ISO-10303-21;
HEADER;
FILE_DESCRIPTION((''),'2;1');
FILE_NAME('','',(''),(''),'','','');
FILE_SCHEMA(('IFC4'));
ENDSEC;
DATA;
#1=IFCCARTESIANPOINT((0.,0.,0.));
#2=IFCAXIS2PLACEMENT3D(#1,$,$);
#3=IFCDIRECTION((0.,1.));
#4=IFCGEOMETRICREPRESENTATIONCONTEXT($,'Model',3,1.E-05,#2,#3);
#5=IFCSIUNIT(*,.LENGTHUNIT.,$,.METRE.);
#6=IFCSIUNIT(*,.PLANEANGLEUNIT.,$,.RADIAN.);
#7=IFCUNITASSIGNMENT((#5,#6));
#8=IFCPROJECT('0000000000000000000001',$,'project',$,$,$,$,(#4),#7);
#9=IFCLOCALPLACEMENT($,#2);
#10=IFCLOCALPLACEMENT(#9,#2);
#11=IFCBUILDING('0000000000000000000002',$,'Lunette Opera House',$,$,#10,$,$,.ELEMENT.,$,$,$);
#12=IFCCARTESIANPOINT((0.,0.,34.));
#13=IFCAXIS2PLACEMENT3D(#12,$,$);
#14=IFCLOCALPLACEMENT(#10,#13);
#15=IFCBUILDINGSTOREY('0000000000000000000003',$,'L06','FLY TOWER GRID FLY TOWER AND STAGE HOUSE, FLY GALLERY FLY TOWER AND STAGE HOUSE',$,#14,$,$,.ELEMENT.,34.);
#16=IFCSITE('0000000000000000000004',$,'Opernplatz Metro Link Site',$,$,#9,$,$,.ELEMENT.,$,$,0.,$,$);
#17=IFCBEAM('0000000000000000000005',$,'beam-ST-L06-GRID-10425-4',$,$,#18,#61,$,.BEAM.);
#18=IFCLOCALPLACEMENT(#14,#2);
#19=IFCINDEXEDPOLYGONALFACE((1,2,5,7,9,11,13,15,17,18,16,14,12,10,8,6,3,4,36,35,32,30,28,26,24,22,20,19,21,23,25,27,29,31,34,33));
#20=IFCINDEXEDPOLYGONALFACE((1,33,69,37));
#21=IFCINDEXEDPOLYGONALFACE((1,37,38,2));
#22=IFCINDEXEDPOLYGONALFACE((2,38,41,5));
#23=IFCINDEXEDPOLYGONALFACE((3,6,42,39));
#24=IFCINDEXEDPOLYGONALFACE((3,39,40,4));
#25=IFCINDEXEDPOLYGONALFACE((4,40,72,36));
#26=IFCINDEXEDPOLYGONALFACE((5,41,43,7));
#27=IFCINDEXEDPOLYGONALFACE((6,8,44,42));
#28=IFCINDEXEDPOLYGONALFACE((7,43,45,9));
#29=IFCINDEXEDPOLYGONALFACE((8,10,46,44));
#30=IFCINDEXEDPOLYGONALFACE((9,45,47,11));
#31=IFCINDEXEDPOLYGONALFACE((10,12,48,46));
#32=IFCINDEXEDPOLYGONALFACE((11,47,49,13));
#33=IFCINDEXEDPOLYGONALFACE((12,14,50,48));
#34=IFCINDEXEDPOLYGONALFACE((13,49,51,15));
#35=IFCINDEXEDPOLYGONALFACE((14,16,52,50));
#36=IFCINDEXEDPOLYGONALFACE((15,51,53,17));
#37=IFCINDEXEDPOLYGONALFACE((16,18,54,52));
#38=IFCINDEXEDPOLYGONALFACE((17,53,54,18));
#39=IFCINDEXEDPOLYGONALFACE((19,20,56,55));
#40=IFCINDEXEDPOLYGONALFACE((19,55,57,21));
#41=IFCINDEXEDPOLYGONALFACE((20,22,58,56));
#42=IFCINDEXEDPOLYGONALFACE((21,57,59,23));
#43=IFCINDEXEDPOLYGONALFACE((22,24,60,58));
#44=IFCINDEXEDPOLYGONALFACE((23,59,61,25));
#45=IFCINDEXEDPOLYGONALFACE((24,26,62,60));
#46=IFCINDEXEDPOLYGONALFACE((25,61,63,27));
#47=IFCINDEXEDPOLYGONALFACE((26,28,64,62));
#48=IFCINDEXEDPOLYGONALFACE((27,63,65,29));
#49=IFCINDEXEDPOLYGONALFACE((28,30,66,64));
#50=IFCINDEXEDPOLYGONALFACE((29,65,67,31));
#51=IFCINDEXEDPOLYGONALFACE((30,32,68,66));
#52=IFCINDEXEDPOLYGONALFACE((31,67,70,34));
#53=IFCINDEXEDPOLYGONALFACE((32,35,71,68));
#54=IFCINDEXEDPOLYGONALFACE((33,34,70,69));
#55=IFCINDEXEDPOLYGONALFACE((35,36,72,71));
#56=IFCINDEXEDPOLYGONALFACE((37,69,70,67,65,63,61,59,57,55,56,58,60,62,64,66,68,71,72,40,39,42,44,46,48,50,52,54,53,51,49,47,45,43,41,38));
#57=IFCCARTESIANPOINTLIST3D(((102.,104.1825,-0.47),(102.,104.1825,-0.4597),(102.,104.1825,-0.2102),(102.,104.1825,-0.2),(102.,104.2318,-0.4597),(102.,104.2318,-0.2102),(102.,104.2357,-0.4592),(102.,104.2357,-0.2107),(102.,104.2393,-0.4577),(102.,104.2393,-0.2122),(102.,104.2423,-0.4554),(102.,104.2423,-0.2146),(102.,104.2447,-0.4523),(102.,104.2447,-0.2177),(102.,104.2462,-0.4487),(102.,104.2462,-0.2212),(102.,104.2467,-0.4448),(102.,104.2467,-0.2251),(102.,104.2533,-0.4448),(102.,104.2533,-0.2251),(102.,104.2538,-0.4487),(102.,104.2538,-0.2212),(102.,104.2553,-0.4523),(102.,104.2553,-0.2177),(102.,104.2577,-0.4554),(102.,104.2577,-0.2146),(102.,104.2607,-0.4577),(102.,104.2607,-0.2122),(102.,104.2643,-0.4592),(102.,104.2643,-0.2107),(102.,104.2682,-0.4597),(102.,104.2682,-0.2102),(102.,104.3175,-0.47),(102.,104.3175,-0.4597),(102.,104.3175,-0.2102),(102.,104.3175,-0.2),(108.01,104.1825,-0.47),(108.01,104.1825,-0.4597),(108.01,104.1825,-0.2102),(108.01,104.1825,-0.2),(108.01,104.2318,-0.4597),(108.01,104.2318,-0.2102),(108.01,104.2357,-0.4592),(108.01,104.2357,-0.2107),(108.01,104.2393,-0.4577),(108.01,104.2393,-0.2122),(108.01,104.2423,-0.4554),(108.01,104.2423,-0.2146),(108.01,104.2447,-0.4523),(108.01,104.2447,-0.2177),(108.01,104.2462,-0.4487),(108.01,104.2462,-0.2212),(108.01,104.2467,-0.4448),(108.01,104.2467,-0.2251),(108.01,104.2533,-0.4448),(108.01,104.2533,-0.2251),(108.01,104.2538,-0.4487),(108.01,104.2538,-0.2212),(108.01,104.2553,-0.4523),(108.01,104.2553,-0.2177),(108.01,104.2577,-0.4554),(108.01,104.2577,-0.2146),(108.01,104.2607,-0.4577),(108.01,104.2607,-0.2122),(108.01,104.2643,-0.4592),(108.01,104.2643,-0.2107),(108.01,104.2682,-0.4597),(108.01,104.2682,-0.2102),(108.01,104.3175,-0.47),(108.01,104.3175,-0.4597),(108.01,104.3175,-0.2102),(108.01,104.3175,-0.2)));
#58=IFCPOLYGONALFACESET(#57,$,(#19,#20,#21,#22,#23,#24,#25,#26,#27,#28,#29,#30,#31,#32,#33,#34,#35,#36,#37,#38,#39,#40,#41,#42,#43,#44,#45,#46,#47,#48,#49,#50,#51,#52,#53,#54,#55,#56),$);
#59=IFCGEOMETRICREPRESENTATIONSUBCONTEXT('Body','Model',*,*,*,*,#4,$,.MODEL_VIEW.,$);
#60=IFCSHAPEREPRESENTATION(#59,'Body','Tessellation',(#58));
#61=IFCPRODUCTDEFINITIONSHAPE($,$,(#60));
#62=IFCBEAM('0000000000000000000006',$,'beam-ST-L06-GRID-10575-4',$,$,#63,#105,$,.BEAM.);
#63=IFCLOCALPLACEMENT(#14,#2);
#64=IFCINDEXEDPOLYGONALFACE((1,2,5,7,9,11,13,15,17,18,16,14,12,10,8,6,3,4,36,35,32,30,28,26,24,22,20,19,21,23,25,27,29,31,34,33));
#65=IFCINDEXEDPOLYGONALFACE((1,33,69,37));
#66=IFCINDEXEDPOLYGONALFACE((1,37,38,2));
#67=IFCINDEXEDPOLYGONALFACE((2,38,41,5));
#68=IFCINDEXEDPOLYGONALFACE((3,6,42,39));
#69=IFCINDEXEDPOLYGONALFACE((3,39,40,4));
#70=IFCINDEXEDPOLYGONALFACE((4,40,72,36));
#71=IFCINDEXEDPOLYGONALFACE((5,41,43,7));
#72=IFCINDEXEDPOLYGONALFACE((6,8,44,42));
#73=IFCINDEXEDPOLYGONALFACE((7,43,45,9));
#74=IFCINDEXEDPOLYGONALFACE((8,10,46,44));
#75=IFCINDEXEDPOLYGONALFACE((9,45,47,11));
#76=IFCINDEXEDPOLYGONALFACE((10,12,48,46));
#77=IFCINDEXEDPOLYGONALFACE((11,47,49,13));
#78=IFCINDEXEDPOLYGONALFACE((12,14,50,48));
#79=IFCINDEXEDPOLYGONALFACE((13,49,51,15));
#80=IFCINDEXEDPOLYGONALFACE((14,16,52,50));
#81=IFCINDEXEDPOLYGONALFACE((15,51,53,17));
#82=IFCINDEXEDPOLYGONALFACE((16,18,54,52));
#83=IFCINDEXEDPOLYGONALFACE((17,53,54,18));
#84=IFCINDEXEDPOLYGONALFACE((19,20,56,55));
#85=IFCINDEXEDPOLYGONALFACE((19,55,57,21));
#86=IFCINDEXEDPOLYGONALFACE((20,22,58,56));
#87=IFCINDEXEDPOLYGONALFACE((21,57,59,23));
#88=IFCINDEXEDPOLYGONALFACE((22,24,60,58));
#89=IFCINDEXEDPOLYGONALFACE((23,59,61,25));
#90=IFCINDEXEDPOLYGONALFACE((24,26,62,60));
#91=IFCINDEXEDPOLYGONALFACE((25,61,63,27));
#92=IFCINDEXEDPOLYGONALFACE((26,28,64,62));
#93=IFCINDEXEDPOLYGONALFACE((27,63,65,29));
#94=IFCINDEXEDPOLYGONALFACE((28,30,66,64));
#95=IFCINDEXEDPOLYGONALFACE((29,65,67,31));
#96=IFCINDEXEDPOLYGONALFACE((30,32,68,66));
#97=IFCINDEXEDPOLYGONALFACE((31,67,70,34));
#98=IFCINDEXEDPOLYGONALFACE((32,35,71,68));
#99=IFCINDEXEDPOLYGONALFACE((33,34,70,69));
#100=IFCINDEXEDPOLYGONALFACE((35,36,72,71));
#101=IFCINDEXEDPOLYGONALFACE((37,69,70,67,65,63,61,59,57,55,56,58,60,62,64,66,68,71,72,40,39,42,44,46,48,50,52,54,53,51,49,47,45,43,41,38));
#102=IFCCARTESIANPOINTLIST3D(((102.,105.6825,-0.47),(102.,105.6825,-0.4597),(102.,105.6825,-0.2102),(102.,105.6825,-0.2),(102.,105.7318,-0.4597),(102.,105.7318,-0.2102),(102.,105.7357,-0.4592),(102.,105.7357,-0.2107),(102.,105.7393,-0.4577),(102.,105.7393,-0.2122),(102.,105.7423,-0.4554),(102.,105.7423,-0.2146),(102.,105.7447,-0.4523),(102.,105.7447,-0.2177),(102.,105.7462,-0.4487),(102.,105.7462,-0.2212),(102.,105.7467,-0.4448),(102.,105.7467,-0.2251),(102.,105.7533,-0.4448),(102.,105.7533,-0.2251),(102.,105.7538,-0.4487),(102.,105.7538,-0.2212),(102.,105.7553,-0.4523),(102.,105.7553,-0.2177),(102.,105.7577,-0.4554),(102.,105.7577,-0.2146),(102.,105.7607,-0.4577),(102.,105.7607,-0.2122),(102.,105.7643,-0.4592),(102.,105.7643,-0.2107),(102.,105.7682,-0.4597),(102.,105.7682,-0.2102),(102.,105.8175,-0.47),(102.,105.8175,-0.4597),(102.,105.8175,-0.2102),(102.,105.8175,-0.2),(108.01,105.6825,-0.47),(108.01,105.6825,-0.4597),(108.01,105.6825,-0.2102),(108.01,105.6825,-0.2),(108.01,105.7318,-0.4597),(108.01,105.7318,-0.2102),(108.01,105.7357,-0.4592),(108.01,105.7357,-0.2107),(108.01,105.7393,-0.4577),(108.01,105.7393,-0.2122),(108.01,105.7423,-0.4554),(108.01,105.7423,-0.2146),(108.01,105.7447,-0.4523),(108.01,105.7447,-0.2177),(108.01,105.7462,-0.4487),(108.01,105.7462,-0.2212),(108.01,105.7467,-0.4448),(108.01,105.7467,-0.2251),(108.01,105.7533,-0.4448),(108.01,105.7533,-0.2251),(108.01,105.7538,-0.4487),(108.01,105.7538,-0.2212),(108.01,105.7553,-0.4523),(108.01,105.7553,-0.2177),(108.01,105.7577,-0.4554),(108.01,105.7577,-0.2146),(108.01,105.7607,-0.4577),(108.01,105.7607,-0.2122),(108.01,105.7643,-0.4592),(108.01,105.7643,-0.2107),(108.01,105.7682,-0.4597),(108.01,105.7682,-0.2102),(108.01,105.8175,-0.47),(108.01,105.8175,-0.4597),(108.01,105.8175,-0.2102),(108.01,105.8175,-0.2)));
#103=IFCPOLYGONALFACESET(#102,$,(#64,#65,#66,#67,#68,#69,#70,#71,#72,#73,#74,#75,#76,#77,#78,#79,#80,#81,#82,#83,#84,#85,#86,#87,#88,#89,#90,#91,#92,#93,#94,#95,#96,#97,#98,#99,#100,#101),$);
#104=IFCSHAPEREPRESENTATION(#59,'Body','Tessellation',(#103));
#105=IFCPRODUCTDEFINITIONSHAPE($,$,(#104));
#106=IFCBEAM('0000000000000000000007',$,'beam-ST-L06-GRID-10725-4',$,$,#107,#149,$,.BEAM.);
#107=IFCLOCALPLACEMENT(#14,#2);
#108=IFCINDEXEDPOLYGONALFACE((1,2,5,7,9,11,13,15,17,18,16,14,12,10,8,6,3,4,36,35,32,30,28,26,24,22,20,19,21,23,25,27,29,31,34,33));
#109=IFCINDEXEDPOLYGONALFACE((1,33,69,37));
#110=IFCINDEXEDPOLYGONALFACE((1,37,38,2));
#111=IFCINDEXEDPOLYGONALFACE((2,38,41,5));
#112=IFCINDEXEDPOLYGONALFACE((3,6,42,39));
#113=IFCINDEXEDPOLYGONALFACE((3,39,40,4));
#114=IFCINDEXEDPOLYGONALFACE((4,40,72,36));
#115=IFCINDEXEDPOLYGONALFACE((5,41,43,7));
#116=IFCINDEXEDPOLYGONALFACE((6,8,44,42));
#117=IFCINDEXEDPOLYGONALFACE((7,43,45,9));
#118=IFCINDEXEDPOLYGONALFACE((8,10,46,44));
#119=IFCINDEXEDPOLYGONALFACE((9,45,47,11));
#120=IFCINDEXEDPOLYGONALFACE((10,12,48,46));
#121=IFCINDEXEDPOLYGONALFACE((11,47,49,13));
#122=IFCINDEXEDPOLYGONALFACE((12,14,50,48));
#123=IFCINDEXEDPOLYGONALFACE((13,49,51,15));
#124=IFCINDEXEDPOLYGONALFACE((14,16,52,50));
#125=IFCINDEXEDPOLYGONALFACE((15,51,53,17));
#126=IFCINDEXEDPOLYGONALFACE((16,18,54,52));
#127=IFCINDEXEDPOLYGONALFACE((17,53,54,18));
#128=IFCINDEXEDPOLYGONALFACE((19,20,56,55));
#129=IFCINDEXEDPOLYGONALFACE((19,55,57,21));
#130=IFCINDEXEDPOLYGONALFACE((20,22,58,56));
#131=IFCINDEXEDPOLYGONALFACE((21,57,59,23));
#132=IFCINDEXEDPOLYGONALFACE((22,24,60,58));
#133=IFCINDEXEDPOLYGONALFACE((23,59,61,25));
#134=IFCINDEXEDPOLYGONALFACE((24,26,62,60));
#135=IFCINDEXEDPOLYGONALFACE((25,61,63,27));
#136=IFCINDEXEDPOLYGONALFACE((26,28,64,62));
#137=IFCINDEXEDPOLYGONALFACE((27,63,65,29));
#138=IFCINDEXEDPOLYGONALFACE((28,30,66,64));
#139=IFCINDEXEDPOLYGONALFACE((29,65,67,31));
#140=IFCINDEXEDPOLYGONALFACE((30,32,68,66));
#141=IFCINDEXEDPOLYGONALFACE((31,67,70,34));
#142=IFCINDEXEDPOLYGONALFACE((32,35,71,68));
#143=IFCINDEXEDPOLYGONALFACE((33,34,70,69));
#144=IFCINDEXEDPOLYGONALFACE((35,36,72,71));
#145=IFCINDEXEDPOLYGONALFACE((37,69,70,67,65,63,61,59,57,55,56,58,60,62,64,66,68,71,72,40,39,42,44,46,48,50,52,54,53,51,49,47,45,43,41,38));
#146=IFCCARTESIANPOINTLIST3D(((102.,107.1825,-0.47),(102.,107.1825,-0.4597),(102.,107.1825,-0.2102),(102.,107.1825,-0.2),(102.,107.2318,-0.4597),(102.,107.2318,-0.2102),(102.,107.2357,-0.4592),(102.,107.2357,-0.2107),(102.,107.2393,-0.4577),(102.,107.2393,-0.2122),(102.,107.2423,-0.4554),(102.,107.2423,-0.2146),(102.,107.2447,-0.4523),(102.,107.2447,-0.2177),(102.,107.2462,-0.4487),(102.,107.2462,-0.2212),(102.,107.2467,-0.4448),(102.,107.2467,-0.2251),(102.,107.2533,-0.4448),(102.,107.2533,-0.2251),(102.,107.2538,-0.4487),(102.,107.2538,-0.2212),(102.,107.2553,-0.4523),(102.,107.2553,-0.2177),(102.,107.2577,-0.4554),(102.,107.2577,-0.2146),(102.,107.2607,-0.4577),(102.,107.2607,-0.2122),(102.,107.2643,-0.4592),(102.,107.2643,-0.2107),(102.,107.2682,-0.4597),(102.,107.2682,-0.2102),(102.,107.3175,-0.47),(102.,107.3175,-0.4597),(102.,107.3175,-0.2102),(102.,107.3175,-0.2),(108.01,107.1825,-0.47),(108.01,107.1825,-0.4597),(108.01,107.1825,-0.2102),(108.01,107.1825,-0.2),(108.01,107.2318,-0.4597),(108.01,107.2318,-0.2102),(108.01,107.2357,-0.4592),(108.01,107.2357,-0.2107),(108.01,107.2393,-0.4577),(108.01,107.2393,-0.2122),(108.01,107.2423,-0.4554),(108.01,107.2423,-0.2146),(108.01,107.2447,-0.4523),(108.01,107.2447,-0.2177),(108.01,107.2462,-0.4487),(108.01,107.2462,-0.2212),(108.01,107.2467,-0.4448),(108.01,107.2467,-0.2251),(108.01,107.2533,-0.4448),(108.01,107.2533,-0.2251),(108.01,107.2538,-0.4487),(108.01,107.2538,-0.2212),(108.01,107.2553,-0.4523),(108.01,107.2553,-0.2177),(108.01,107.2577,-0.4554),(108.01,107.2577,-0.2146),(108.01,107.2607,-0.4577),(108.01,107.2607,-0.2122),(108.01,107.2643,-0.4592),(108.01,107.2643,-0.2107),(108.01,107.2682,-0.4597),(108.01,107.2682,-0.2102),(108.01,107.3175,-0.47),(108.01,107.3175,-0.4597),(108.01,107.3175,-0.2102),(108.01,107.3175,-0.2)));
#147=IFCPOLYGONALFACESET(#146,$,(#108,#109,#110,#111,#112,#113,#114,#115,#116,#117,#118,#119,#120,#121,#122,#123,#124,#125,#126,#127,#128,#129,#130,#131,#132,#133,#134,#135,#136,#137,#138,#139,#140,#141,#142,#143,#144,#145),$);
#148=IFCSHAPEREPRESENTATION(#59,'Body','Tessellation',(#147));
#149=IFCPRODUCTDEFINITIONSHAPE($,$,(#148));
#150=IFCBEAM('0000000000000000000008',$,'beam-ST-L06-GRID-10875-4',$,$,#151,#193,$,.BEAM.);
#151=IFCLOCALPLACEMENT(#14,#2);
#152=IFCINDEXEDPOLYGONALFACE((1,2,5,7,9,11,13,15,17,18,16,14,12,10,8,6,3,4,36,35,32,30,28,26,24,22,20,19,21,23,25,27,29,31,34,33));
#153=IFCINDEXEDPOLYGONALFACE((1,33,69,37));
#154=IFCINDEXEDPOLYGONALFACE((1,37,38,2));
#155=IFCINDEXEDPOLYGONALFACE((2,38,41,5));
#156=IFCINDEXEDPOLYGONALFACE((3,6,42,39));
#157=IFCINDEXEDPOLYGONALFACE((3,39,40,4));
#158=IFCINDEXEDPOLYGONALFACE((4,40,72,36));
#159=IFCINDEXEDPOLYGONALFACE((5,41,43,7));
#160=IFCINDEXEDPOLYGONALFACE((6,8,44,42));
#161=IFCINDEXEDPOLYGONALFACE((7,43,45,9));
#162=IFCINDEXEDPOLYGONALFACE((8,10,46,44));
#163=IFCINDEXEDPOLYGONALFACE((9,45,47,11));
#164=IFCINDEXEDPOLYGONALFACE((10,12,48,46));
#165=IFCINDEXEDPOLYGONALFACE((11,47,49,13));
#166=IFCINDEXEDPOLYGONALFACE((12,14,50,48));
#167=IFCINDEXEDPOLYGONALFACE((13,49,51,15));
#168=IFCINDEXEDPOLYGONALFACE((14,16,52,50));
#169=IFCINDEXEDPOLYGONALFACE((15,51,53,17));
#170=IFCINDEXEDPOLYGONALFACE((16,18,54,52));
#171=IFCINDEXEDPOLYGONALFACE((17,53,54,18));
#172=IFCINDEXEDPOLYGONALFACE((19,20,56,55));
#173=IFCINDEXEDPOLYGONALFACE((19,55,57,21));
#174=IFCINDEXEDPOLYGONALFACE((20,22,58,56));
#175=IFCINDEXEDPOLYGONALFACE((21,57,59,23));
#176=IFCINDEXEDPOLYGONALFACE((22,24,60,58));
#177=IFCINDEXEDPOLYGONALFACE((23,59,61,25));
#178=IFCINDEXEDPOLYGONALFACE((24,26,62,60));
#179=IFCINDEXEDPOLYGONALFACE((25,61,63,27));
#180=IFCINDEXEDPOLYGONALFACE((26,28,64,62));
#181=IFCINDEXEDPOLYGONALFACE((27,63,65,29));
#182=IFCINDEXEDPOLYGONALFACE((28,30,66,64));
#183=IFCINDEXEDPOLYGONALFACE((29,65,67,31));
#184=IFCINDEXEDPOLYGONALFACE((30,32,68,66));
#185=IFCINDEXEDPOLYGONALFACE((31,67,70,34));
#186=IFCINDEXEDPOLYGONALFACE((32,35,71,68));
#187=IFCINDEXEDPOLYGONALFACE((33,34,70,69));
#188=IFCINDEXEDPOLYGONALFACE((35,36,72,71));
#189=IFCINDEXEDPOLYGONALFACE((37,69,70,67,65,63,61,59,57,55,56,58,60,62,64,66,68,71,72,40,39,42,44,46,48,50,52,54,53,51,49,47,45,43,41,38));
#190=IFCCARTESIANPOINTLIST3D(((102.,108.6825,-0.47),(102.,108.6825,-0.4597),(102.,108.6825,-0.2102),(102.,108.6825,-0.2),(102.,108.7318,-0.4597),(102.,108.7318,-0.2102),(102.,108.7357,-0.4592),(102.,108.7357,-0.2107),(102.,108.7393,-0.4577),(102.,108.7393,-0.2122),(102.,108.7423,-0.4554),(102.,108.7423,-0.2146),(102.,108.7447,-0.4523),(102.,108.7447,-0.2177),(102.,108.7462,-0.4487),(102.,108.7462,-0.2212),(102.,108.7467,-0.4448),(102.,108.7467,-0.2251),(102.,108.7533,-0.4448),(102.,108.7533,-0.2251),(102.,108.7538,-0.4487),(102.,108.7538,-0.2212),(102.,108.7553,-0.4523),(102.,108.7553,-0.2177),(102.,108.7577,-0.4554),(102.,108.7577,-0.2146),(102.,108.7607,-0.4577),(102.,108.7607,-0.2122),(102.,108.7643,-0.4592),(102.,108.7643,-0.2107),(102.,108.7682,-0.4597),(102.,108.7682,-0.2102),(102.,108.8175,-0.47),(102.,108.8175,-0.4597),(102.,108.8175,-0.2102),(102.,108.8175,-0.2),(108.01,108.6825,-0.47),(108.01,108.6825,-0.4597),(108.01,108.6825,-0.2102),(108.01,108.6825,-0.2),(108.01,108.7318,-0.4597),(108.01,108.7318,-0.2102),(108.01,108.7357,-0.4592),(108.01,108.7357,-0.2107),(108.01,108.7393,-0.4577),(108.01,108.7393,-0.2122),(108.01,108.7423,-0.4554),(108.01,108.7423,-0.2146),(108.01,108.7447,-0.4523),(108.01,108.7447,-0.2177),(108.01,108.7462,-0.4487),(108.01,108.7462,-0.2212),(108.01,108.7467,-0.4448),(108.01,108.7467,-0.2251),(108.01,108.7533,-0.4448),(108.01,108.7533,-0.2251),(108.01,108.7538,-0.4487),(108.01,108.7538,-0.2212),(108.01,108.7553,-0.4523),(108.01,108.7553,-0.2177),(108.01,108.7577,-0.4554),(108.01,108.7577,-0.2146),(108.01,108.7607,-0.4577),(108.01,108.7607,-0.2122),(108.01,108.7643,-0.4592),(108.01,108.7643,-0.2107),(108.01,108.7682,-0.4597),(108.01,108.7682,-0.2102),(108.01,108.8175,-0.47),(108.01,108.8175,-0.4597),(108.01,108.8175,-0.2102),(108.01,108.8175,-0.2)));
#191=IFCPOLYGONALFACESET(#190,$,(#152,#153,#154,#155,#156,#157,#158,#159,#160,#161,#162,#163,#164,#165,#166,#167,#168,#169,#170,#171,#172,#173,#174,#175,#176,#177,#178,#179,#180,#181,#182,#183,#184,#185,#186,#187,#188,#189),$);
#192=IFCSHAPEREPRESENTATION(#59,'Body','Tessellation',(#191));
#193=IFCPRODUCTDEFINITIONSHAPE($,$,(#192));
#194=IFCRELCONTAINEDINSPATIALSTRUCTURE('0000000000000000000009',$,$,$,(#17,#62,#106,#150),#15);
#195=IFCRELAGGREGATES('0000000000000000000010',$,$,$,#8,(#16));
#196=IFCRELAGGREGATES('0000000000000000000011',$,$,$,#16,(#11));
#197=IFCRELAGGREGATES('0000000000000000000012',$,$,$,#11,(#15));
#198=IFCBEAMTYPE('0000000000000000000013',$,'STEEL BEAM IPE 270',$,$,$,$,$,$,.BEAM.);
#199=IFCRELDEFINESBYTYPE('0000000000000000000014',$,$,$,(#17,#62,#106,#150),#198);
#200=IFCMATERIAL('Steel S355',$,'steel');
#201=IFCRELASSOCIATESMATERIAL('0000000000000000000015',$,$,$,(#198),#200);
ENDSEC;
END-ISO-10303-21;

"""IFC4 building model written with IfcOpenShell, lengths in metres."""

from ifc_helpers import new_model, si_unit, direction, frame, origin, origin_2d, place, context, subcontext, project, spatial, i_section, extrude, material, material_profile, profile_set, type_object, element, save


model = new_model("IFC4")

# Units and contexts
model_context = context("Model", 3, precision=1e-05, world=origin(), true_north=direction((0.0, 1.0)))
body_context = subcontext(model_context, "Body", "Model", "MODEL_VIEW")
ifc_project = project(units=[si_unit("LENGTHUNIT", "METRE"), si_unit("PLANEANGLEUNIT", "RADIAN")], contexts=[model_context])

# Site, building, storey
site_placement = place(None, origin())
site = spatial("IfcSite", under=ifc_project, at=site_placement, Name="Opernplatz Metro Link Site", CompositionType="ELEMENT", RefElevation=0.0)
building_placement = place(site_placement, origin())
building = spatial("IfcBuilding", under=site, at=building_placement, Name="Lunette Opera House", CompositionType="ELEMENT")
storey_placement = place(building_placement, frame((0.0, 0.0, 34.0)))
storey = spatial("IfcBuildingStorey", under=building, at=storey_placement, Name="L06", Description="FLY TOWER GRID FLY TOWER AND STAGE HOUSE, FLY GALLERY FLY TOWER AND STAGE HOUSE", CompositionType="ELEMENT", Elevation=34.0)

# Beams
ifc_material_1 = material(Name="Steel S355", Category="steel")
ifc_material_profile = material_profile(ifc_material_1, i_section(OverallWidth=0.135, OverallDepth=0.27, WebThickness=0.0066, FlangeThickness=0.0103, FilletRadius=0.0149, at=origin_2d()), Name="IPE 270")
ifc_profile_set = profile_set([ifc_material_profile], Name="Steel S355")
beam_type = type_object("IfcBeamType", Name="STEEL BEAM IPE 270", PredefinedType="BEAM", material=ifc_profile_set)
for number, where, z_axis, x_axis, name in (
    (1, (102.0, 104.25, -0.335), (1.0, 0.0, 0.0), (0.0, 1.0, 0.0), "beam-ST-L06-GRID-10425-4"),
    (2, (102.0, 105.75, -0.335), (1.0, 0.0, 0.0), (0.0, 1.0, 0.0), "beam-ST-L06-GRID-10575-4"),
    (3, (102.0, 107.25, -0.335), (1.0, 0.0, 0.0), (0.0, 1.0, 0.0), "beam-ST-L06-GRID-10725-4"),
    (4, (102.0, 108.75, -0.335), (1.0, 0.0, 0.0), (0.0, 1.0, 0.0), "beam-ST-L06-GRID-10875-4"),
):
    element("IfcBeam", number, at=place(storey_placement, frame(where, z_axis=z_axis, x_axis=x_axis)), inside=storey, type_object=beam_type, Name=name, PredefinedType="BEAM", context=body_context, shape_type="SweptSolid", body=[
        extrude(i_section(OverallWidth=0.135, OverallDepth=0.27, WebThickness=0.0066, FlangeThickness=0.0103, FilletRadius=0.0149, at=origin_2d()), origin(), (0.0, 0.0, 1.0), 6.01),
    ])

save(model, "model.ifc")
